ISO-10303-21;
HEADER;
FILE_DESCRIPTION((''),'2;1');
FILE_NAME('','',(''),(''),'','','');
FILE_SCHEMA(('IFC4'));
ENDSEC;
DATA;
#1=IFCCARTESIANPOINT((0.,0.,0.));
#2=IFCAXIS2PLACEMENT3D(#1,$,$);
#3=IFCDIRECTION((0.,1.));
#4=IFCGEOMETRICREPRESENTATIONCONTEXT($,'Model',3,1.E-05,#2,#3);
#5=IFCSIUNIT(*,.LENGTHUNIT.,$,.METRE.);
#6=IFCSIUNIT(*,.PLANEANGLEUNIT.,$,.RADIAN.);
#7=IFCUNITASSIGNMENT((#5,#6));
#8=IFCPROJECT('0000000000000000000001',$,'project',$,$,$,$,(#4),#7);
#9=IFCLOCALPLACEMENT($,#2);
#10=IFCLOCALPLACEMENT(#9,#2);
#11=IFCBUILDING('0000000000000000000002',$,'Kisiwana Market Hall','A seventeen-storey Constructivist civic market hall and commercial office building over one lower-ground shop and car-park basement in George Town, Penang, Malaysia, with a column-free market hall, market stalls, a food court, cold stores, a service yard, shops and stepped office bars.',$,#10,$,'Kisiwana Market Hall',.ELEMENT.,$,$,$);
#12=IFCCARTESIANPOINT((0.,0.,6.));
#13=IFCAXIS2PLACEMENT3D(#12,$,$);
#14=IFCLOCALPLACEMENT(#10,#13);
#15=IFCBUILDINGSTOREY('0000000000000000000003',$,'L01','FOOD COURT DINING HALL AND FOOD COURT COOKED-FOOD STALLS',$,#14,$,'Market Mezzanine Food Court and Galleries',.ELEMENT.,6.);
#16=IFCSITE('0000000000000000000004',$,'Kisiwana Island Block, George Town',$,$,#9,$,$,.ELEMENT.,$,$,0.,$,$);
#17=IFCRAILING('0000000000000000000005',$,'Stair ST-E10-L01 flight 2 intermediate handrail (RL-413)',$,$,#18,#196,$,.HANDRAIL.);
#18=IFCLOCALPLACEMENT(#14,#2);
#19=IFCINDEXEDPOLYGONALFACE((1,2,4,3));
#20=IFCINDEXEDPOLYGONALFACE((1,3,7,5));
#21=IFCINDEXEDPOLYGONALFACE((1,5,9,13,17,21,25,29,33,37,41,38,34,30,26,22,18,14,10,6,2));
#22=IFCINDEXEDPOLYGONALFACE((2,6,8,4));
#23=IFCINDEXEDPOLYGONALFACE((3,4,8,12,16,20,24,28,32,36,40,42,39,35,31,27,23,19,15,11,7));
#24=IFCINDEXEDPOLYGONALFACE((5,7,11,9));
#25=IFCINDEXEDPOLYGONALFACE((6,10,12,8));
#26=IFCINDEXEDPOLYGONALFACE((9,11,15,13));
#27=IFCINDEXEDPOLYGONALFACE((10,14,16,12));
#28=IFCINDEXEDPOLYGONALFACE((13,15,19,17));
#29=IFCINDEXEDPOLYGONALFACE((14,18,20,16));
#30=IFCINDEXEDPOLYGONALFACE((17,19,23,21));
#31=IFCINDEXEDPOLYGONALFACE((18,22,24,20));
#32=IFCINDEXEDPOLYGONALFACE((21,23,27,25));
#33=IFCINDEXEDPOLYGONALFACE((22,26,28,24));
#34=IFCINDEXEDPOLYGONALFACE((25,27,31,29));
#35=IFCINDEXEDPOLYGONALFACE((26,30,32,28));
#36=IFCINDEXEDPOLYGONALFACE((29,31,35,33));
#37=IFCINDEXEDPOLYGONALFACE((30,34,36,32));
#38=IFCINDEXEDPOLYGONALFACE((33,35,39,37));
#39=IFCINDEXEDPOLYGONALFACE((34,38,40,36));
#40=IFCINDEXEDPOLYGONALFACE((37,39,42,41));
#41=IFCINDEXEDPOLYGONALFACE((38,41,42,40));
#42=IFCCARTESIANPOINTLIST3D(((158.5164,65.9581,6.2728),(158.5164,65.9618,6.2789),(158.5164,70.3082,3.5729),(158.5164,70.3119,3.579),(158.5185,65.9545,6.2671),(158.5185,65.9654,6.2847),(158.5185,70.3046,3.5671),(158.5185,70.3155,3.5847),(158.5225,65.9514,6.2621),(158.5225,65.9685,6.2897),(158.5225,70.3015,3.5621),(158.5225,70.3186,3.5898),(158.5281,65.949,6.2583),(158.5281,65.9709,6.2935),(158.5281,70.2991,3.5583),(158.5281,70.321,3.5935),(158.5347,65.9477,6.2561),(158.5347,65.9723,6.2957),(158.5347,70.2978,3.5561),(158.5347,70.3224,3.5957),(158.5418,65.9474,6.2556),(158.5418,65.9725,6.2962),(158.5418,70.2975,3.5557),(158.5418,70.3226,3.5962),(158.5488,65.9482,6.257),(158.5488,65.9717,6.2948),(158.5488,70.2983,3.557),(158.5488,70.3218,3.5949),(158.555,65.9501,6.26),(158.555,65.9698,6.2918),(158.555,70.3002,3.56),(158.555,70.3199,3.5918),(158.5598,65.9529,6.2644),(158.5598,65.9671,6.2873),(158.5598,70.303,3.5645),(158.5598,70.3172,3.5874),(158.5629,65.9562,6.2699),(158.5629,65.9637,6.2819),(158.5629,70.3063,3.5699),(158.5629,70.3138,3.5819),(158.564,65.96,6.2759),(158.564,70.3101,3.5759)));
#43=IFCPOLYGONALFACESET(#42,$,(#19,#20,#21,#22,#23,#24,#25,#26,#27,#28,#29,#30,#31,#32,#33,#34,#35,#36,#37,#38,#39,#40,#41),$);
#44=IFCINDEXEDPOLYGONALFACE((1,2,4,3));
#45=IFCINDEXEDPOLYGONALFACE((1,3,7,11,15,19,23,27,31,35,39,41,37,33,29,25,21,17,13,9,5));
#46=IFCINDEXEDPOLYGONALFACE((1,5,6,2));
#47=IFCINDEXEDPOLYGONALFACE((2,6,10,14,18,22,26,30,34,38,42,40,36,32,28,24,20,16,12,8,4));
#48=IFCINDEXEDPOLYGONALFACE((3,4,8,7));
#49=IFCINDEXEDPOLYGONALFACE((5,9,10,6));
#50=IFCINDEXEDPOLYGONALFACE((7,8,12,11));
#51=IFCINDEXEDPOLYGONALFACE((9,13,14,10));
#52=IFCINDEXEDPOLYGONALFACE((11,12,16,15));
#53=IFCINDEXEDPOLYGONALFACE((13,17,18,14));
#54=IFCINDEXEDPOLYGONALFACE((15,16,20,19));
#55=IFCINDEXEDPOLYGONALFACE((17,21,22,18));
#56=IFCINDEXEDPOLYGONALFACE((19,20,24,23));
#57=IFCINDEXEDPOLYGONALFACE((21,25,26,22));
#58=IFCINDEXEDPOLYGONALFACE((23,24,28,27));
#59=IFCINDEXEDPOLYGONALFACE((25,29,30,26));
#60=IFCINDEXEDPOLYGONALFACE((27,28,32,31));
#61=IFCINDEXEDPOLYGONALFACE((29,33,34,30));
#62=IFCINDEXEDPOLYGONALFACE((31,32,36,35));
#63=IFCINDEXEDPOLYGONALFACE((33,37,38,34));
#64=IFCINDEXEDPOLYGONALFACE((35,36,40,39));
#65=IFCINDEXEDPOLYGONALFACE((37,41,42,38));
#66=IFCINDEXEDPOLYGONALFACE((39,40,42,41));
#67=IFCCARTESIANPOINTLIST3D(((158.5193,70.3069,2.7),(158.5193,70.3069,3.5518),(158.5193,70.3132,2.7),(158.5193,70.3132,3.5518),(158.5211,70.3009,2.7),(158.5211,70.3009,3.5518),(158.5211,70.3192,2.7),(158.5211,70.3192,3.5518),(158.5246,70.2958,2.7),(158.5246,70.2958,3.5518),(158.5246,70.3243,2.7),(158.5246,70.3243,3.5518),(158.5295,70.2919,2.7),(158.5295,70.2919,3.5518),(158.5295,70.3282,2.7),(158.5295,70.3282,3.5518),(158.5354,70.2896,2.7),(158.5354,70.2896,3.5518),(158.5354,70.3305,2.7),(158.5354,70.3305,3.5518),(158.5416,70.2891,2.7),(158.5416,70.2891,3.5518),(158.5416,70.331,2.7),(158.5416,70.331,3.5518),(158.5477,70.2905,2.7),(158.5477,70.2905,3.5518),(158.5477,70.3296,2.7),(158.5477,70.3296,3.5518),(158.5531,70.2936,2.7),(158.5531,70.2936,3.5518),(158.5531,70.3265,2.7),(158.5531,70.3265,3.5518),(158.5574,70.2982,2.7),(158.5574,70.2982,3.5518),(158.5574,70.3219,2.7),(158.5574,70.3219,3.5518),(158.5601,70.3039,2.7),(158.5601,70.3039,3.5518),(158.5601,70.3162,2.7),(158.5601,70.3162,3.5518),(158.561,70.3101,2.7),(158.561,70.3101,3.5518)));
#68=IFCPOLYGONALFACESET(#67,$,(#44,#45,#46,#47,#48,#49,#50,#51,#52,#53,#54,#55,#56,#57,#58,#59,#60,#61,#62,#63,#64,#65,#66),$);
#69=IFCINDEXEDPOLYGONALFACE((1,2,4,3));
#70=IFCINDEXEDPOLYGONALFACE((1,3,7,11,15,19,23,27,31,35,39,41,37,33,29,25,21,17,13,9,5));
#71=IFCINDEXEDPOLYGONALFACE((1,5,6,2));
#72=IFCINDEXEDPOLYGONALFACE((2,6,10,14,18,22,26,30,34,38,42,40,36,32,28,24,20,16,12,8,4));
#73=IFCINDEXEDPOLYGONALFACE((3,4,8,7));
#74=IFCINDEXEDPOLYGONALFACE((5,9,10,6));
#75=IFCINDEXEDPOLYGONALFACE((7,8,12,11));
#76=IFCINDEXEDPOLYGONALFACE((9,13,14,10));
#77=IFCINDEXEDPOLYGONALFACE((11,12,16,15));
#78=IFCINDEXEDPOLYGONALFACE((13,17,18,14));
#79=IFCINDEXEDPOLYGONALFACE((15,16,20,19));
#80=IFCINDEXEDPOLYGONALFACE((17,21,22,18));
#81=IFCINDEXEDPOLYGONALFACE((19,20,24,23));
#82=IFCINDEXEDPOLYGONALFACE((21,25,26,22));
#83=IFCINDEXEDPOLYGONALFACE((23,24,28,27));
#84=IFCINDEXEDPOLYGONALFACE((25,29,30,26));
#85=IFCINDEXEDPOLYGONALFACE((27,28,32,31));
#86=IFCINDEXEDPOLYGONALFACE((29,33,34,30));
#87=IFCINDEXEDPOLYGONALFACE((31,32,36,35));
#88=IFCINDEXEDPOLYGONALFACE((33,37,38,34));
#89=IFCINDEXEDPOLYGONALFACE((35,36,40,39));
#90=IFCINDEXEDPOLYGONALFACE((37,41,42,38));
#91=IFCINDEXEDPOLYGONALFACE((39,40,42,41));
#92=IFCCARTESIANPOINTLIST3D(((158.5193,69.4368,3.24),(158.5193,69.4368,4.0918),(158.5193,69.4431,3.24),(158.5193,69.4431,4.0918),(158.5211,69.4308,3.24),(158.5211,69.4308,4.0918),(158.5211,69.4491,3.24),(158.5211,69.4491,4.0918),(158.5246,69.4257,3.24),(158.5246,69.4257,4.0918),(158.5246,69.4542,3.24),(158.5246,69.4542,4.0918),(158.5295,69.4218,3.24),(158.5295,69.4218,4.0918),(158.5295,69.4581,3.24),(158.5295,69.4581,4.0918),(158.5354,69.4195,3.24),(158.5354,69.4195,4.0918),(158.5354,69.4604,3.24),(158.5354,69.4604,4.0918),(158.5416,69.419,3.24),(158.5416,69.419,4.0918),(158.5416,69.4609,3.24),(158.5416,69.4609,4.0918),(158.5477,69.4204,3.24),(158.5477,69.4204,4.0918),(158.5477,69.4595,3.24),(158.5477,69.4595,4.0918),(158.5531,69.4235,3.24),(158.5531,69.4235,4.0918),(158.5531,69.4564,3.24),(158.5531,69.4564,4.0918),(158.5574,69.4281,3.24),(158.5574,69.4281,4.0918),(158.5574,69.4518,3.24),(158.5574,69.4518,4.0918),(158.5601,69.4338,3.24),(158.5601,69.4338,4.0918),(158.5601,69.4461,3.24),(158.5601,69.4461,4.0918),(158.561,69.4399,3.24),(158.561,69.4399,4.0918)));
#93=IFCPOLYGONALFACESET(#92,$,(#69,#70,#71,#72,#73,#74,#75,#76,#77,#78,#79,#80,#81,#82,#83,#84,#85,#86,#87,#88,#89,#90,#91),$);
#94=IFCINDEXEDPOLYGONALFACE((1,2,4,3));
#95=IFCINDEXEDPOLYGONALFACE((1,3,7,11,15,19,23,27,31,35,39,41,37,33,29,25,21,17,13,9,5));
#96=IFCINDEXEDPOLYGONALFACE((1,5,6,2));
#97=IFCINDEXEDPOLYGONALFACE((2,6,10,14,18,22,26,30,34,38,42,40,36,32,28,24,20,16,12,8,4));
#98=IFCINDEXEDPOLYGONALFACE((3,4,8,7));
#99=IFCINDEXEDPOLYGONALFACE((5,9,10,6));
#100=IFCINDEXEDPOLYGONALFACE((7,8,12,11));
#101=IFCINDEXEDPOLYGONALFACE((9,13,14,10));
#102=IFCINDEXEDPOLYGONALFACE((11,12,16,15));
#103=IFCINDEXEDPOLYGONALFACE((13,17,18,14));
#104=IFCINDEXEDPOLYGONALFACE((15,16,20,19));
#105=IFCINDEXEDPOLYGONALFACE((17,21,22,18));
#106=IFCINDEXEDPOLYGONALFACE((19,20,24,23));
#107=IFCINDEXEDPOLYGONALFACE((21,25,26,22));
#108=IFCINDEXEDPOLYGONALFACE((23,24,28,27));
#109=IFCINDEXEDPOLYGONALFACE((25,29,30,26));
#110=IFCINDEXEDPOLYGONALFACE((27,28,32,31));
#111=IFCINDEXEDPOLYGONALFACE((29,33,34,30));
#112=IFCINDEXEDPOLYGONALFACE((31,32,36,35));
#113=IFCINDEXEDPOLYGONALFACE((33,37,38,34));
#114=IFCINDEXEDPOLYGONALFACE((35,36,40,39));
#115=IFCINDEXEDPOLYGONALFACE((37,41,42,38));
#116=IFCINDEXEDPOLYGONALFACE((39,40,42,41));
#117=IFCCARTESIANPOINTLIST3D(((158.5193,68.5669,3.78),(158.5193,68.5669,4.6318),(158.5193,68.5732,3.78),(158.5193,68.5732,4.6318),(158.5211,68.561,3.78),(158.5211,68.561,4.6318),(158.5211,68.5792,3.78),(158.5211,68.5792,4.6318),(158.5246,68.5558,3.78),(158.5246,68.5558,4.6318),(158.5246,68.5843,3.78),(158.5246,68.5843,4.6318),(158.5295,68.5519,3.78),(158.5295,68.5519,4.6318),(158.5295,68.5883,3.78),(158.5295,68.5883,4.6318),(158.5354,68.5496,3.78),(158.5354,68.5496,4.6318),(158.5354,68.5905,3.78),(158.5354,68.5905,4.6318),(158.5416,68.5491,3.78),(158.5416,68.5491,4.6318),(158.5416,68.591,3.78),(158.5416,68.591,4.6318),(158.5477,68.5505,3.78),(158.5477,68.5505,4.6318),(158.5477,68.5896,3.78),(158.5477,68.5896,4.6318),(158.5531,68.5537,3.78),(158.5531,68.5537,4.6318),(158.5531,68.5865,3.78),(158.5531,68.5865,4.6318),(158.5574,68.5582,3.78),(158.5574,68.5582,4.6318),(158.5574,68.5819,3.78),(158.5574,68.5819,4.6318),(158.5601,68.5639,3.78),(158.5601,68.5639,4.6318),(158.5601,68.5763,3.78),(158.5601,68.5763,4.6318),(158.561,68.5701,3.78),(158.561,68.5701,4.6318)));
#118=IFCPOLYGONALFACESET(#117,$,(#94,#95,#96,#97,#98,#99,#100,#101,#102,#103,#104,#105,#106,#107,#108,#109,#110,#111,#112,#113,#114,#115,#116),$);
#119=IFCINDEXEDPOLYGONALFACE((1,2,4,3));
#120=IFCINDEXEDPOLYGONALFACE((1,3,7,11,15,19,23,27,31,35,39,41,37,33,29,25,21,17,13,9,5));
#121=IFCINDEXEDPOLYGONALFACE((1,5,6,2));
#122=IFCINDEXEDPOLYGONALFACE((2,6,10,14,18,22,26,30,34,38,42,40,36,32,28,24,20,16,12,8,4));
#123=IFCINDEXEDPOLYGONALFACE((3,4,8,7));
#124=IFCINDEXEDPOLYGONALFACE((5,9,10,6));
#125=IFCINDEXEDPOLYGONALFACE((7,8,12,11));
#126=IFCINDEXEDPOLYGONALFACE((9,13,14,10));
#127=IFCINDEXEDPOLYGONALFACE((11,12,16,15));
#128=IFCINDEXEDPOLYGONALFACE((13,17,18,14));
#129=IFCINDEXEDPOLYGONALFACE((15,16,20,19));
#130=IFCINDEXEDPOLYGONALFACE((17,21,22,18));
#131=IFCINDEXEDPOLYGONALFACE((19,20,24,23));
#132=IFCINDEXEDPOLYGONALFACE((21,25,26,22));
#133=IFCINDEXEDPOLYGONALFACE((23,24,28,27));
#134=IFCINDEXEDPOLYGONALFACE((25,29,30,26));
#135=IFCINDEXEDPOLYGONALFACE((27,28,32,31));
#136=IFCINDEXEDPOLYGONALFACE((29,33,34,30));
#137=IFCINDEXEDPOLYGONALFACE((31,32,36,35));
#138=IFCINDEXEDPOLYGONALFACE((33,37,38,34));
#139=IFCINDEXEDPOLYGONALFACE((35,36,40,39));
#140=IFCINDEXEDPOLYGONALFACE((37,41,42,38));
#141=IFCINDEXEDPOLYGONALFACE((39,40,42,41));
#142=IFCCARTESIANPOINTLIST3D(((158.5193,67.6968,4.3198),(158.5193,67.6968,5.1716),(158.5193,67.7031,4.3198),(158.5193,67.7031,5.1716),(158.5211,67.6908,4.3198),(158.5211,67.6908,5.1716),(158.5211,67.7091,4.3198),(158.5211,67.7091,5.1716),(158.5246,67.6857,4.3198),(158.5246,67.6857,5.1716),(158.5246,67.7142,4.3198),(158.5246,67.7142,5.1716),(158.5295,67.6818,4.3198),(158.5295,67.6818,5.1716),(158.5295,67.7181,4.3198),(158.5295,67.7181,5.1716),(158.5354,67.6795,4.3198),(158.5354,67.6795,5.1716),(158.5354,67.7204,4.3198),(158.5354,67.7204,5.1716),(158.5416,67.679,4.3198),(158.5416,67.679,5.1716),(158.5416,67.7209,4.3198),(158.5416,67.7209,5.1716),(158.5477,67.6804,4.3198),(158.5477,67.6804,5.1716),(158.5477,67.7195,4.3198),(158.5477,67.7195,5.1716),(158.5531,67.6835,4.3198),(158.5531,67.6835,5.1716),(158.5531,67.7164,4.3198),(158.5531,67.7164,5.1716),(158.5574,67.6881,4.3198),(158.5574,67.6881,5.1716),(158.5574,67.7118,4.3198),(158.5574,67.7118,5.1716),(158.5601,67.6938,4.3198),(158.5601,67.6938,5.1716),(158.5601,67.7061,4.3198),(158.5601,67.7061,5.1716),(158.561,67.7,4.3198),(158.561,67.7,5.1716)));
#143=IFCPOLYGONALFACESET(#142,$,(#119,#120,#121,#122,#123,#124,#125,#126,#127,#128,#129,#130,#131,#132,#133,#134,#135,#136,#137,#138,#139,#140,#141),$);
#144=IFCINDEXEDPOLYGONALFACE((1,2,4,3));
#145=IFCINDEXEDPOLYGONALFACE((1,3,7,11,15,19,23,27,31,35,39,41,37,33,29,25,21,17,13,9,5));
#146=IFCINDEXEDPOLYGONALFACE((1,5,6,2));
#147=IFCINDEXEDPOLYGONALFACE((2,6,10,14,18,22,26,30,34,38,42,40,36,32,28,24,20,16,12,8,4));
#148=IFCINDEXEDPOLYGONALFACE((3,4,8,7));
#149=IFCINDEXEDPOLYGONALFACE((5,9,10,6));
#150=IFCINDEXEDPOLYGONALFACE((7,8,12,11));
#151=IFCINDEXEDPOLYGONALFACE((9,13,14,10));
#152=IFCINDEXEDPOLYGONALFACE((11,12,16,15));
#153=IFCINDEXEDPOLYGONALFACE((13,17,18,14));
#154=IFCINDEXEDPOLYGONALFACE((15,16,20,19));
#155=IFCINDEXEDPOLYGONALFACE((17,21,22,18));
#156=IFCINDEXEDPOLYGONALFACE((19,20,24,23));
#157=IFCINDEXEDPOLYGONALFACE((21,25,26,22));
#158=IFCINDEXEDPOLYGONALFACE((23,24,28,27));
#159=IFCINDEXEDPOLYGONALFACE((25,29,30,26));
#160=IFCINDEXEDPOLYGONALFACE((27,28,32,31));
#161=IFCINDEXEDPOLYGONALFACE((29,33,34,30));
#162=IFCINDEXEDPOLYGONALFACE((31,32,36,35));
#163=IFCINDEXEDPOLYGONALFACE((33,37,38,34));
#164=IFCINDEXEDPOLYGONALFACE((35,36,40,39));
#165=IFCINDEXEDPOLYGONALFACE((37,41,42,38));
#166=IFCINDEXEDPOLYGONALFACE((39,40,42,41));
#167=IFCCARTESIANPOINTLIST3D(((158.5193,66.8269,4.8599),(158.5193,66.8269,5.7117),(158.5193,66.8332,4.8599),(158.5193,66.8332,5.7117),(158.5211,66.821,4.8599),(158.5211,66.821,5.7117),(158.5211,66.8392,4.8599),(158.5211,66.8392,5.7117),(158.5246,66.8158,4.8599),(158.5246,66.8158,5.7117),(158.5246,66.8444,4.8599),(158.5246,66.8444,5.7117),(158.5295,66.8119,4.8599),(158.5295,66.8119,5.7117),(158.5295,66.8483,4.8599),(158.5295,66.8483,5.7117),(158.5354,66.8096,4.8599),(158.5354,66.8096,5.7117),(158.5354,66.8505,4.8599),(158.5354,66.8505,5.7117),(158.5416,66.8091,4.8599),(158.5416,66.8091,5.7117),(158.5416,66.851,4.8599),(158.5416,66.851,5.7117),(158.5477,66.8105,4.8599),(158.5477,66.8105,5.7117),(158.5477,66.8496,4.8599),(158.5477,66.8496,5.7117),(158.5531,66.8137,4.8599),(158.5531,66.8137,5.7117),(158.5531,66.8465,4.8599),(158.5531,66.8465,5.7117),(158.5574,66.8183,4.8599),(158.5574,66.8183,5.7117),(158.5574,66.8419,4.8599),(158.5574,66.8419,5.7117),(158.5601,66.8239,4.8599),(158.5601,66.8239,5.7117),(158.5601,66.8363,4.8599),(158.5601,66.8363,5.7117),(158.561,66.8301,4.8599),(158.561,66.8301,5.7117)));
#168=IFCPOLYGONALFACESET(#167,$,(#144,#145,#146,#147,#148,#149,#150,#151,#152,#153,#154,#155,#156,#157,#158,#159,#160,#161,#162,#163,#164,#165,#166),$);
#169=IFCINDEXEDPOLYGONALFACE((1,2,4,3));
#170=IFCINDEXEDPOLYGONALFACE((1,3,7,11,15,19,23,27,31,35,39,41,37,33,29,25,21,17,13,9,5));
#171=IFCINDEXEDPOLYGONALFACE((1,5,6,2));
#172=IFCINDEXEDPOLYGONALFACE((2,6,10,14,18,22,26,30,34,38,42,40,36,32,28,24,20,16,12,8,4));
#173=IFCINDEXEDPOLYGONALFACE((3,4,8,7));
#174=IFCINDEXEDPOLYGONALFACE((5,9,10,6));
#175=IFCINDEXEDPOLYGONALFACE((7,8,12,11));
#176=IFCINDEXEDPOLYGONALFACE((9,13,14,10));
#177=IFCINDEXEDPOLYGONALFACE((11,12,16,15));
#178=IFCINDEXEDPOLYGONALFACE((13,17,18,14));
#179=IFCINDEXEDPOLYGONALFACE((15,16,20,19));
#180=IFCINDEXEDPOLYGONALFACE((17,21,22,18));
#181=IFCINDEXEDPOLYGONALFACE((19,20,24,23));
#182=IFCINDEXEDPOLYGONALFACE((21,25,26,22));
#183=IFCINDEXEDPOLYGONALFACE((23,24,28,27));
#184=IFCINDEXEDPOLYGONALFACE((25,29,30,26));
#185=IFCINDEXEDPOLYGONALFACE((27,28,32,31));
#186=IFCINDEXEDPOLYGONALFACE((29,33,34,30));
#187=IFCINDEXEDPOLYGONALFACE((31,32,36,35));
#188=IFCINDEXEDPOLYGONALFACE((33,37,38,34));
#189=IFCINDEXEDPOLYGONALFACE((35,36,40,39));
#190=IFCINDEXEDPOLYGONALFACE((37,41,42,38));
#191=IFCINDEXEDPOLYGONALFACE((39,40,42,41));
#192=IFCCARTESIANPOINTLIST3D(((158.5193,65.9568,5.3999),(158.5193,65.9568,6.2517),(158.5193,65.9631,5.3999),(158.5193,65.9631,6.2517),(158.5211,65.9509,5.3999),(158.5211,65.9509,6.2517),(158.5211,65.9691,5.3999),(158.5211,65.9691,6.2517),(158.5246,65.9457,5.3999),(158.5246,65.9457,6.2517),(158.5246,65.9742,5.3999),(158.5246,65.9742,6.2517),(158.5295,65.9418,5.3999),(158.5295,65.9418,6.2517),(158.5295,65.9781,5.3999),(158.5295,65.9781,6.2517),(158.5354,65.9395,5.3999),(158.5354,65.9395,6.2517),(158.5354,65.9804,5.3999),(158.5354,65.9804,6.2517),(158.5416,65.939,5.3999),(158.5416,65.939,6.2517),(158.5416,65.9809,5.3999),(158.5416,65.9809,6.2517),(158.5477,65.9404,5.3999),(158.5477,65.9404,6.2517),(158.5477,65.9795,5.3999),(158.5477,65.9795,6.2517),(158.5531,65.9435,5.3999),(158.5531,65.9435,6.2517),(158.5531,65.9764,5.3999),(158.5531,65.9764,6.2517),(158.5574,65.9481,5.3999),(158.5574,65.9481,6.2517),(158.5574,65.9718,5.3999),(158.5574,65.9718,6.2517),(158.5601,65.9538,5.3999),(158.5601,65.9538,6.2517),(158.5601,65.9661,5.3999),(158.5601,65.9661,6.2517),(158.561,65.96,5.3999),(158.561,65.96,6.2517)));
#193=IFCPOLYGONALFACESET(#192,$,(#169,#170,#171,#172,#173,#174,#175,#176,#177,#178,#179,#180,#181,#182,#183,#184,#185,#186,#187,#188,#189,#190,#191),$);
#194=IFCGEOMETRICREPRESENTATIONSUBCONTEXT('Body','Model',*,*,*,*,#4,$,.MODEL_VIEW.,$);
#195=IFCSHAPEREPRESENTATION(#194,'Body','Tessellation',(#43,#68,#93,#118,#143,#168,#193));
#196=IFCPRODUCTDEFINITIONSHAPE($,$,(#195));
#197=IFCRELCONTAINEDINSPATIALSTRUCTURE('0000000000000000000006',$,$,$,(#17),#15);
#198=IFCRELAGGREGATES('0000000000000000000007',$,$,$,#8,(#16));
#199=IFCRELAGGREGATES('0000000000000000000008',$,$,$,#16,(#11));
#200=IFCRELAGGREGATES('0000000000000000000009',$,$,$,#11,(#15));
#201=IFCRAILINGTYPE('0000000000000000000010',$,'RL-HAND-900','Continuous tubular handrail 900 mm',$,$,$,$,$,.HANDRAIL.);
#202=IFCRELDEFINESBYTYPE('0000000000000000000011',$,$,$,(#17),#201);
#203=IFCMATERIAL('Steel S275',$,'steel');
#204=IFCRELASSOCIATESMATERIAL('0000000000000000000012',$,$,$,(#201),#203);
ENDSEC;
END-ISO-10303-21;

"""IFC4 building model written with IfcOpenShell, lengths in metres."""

from ifc_helpers import new_model, si_unit, direction, frame, origin, origin_2d, place, context, subcontext, project, spatial, circle, extrude, material, type_object, element, save


model = new_model("IFC4")

# Units and contexts
model_context = context("Model", 3, precision=1e-05, world=origin(), true_north=direction((0.0, 1.0)))
body_context = subcontext(model_context, "Body", "Model", "MODEL_VIEW")
ifc_project = project(units=[si_unit("LENGTHUNIT", "METRE"), si_unit("PLANEANGLEUNIT", "RADIAN")], contexts=[model_context])

# Site, building, storey
site_placement = place(None, origin())
site = spatial("IfcSite", under=ifc_project, at=site_placement, Name="Kisiwana Island Block, George Town", CompositionType="ELEMENT", RefElevation=0.0)
building_placement = place(site_placement, origin())
building = spatial("IfcBuilding", under=site, at=building_placement, Name="Kisiwana Market Hall", Description="A seventeen-storey Constructivist civic market hall and commercial office building over one lower-ground shop and car-park basement in George Town, Penang, Malaysia, with a column-free market hall, market stalls, a food court, cold stores, a service yard, shops and stepped office bars.", LongName="Kisiwana Market Hall", CompositionType="ELEMENT")
storey_placement = place(building_placement, frame((0.0, 0.0, 6.0)))
storey = spatial("IfcBuildingStorey", under=building, at=storey_placement, Name="L01", Description="FOOD COURT DINING HALL AND FOOD COURT COOKED-FOOD STALLS", LongName="Market Mezzanine Food Court and Galleries", CompositionType="ELEMENT", Elevation=6.0)

# Railing
ifc_material_1 = material(Name="Steel S275", Category="steel")
railing_type_1 = type_object("IfcRailingType", Name="RL-HAND-900", Description="Continuous tubular handrail 900 mm", PredefinedType="HANDRAIL", material=ifc_material_1)
railing_1_placement = place(storey_placement, frame((158.54, 70.3101, 2.7)))
element("IfcRailing", 1, at=railing_1_placement, inside=storey, type_object=railing_type_1, Name="Stair ST-E10-L01 flight 2 intermediate handrail (RL-413)", PredefinedType="HANDRAIL", context=body_context, shape_type="SweptSolid", body=[
    extrude(circle(Radius=0.0239, at=origin_2d()), frame((0.0, 0.0, 0.876), z_axis=(0.0, -0.84965, 0.527347), x_axis=(1.0, 0.0, 0.0)), (0.0, 0.0, 1.0), 5.1199),
    extrude(circle(Radius=0.021, at=origin_2d()), origin(), (0.0, 0.0, 1.0), 0.8518),
    extrude(circle(Radius=0.021, at=origin_2d()), frame((0.0, -0.8701, 0.54)), (0.0, 0.0, 1.0), 0.8518),
    extrude(circle(Radius=0.021, at=origin_2d()), frame((0.0, -1.74, 1.0801)), (0.0, 0.0, 1.0), 0.8518),
    extrude(circle(Radius=0.021, at=origin_2d()), frame((0.0, -2.6101, 1.6199)), (0.0, 0.0, 1.0), 0.8518),
    extrude(circle(Radius=0.021, at=origin_2d()), frame((0.0, -3.48, 2.1599)), (0.0, 0.0, 1.0), 0.8518),
    extrude(circle(Radius=0.021, at=origin_2d()), frame((0.0, -4.3501, 2.7)), (0.0, 0.0, 1.0), 0.8518),
])

save(model, "model.ifc")
